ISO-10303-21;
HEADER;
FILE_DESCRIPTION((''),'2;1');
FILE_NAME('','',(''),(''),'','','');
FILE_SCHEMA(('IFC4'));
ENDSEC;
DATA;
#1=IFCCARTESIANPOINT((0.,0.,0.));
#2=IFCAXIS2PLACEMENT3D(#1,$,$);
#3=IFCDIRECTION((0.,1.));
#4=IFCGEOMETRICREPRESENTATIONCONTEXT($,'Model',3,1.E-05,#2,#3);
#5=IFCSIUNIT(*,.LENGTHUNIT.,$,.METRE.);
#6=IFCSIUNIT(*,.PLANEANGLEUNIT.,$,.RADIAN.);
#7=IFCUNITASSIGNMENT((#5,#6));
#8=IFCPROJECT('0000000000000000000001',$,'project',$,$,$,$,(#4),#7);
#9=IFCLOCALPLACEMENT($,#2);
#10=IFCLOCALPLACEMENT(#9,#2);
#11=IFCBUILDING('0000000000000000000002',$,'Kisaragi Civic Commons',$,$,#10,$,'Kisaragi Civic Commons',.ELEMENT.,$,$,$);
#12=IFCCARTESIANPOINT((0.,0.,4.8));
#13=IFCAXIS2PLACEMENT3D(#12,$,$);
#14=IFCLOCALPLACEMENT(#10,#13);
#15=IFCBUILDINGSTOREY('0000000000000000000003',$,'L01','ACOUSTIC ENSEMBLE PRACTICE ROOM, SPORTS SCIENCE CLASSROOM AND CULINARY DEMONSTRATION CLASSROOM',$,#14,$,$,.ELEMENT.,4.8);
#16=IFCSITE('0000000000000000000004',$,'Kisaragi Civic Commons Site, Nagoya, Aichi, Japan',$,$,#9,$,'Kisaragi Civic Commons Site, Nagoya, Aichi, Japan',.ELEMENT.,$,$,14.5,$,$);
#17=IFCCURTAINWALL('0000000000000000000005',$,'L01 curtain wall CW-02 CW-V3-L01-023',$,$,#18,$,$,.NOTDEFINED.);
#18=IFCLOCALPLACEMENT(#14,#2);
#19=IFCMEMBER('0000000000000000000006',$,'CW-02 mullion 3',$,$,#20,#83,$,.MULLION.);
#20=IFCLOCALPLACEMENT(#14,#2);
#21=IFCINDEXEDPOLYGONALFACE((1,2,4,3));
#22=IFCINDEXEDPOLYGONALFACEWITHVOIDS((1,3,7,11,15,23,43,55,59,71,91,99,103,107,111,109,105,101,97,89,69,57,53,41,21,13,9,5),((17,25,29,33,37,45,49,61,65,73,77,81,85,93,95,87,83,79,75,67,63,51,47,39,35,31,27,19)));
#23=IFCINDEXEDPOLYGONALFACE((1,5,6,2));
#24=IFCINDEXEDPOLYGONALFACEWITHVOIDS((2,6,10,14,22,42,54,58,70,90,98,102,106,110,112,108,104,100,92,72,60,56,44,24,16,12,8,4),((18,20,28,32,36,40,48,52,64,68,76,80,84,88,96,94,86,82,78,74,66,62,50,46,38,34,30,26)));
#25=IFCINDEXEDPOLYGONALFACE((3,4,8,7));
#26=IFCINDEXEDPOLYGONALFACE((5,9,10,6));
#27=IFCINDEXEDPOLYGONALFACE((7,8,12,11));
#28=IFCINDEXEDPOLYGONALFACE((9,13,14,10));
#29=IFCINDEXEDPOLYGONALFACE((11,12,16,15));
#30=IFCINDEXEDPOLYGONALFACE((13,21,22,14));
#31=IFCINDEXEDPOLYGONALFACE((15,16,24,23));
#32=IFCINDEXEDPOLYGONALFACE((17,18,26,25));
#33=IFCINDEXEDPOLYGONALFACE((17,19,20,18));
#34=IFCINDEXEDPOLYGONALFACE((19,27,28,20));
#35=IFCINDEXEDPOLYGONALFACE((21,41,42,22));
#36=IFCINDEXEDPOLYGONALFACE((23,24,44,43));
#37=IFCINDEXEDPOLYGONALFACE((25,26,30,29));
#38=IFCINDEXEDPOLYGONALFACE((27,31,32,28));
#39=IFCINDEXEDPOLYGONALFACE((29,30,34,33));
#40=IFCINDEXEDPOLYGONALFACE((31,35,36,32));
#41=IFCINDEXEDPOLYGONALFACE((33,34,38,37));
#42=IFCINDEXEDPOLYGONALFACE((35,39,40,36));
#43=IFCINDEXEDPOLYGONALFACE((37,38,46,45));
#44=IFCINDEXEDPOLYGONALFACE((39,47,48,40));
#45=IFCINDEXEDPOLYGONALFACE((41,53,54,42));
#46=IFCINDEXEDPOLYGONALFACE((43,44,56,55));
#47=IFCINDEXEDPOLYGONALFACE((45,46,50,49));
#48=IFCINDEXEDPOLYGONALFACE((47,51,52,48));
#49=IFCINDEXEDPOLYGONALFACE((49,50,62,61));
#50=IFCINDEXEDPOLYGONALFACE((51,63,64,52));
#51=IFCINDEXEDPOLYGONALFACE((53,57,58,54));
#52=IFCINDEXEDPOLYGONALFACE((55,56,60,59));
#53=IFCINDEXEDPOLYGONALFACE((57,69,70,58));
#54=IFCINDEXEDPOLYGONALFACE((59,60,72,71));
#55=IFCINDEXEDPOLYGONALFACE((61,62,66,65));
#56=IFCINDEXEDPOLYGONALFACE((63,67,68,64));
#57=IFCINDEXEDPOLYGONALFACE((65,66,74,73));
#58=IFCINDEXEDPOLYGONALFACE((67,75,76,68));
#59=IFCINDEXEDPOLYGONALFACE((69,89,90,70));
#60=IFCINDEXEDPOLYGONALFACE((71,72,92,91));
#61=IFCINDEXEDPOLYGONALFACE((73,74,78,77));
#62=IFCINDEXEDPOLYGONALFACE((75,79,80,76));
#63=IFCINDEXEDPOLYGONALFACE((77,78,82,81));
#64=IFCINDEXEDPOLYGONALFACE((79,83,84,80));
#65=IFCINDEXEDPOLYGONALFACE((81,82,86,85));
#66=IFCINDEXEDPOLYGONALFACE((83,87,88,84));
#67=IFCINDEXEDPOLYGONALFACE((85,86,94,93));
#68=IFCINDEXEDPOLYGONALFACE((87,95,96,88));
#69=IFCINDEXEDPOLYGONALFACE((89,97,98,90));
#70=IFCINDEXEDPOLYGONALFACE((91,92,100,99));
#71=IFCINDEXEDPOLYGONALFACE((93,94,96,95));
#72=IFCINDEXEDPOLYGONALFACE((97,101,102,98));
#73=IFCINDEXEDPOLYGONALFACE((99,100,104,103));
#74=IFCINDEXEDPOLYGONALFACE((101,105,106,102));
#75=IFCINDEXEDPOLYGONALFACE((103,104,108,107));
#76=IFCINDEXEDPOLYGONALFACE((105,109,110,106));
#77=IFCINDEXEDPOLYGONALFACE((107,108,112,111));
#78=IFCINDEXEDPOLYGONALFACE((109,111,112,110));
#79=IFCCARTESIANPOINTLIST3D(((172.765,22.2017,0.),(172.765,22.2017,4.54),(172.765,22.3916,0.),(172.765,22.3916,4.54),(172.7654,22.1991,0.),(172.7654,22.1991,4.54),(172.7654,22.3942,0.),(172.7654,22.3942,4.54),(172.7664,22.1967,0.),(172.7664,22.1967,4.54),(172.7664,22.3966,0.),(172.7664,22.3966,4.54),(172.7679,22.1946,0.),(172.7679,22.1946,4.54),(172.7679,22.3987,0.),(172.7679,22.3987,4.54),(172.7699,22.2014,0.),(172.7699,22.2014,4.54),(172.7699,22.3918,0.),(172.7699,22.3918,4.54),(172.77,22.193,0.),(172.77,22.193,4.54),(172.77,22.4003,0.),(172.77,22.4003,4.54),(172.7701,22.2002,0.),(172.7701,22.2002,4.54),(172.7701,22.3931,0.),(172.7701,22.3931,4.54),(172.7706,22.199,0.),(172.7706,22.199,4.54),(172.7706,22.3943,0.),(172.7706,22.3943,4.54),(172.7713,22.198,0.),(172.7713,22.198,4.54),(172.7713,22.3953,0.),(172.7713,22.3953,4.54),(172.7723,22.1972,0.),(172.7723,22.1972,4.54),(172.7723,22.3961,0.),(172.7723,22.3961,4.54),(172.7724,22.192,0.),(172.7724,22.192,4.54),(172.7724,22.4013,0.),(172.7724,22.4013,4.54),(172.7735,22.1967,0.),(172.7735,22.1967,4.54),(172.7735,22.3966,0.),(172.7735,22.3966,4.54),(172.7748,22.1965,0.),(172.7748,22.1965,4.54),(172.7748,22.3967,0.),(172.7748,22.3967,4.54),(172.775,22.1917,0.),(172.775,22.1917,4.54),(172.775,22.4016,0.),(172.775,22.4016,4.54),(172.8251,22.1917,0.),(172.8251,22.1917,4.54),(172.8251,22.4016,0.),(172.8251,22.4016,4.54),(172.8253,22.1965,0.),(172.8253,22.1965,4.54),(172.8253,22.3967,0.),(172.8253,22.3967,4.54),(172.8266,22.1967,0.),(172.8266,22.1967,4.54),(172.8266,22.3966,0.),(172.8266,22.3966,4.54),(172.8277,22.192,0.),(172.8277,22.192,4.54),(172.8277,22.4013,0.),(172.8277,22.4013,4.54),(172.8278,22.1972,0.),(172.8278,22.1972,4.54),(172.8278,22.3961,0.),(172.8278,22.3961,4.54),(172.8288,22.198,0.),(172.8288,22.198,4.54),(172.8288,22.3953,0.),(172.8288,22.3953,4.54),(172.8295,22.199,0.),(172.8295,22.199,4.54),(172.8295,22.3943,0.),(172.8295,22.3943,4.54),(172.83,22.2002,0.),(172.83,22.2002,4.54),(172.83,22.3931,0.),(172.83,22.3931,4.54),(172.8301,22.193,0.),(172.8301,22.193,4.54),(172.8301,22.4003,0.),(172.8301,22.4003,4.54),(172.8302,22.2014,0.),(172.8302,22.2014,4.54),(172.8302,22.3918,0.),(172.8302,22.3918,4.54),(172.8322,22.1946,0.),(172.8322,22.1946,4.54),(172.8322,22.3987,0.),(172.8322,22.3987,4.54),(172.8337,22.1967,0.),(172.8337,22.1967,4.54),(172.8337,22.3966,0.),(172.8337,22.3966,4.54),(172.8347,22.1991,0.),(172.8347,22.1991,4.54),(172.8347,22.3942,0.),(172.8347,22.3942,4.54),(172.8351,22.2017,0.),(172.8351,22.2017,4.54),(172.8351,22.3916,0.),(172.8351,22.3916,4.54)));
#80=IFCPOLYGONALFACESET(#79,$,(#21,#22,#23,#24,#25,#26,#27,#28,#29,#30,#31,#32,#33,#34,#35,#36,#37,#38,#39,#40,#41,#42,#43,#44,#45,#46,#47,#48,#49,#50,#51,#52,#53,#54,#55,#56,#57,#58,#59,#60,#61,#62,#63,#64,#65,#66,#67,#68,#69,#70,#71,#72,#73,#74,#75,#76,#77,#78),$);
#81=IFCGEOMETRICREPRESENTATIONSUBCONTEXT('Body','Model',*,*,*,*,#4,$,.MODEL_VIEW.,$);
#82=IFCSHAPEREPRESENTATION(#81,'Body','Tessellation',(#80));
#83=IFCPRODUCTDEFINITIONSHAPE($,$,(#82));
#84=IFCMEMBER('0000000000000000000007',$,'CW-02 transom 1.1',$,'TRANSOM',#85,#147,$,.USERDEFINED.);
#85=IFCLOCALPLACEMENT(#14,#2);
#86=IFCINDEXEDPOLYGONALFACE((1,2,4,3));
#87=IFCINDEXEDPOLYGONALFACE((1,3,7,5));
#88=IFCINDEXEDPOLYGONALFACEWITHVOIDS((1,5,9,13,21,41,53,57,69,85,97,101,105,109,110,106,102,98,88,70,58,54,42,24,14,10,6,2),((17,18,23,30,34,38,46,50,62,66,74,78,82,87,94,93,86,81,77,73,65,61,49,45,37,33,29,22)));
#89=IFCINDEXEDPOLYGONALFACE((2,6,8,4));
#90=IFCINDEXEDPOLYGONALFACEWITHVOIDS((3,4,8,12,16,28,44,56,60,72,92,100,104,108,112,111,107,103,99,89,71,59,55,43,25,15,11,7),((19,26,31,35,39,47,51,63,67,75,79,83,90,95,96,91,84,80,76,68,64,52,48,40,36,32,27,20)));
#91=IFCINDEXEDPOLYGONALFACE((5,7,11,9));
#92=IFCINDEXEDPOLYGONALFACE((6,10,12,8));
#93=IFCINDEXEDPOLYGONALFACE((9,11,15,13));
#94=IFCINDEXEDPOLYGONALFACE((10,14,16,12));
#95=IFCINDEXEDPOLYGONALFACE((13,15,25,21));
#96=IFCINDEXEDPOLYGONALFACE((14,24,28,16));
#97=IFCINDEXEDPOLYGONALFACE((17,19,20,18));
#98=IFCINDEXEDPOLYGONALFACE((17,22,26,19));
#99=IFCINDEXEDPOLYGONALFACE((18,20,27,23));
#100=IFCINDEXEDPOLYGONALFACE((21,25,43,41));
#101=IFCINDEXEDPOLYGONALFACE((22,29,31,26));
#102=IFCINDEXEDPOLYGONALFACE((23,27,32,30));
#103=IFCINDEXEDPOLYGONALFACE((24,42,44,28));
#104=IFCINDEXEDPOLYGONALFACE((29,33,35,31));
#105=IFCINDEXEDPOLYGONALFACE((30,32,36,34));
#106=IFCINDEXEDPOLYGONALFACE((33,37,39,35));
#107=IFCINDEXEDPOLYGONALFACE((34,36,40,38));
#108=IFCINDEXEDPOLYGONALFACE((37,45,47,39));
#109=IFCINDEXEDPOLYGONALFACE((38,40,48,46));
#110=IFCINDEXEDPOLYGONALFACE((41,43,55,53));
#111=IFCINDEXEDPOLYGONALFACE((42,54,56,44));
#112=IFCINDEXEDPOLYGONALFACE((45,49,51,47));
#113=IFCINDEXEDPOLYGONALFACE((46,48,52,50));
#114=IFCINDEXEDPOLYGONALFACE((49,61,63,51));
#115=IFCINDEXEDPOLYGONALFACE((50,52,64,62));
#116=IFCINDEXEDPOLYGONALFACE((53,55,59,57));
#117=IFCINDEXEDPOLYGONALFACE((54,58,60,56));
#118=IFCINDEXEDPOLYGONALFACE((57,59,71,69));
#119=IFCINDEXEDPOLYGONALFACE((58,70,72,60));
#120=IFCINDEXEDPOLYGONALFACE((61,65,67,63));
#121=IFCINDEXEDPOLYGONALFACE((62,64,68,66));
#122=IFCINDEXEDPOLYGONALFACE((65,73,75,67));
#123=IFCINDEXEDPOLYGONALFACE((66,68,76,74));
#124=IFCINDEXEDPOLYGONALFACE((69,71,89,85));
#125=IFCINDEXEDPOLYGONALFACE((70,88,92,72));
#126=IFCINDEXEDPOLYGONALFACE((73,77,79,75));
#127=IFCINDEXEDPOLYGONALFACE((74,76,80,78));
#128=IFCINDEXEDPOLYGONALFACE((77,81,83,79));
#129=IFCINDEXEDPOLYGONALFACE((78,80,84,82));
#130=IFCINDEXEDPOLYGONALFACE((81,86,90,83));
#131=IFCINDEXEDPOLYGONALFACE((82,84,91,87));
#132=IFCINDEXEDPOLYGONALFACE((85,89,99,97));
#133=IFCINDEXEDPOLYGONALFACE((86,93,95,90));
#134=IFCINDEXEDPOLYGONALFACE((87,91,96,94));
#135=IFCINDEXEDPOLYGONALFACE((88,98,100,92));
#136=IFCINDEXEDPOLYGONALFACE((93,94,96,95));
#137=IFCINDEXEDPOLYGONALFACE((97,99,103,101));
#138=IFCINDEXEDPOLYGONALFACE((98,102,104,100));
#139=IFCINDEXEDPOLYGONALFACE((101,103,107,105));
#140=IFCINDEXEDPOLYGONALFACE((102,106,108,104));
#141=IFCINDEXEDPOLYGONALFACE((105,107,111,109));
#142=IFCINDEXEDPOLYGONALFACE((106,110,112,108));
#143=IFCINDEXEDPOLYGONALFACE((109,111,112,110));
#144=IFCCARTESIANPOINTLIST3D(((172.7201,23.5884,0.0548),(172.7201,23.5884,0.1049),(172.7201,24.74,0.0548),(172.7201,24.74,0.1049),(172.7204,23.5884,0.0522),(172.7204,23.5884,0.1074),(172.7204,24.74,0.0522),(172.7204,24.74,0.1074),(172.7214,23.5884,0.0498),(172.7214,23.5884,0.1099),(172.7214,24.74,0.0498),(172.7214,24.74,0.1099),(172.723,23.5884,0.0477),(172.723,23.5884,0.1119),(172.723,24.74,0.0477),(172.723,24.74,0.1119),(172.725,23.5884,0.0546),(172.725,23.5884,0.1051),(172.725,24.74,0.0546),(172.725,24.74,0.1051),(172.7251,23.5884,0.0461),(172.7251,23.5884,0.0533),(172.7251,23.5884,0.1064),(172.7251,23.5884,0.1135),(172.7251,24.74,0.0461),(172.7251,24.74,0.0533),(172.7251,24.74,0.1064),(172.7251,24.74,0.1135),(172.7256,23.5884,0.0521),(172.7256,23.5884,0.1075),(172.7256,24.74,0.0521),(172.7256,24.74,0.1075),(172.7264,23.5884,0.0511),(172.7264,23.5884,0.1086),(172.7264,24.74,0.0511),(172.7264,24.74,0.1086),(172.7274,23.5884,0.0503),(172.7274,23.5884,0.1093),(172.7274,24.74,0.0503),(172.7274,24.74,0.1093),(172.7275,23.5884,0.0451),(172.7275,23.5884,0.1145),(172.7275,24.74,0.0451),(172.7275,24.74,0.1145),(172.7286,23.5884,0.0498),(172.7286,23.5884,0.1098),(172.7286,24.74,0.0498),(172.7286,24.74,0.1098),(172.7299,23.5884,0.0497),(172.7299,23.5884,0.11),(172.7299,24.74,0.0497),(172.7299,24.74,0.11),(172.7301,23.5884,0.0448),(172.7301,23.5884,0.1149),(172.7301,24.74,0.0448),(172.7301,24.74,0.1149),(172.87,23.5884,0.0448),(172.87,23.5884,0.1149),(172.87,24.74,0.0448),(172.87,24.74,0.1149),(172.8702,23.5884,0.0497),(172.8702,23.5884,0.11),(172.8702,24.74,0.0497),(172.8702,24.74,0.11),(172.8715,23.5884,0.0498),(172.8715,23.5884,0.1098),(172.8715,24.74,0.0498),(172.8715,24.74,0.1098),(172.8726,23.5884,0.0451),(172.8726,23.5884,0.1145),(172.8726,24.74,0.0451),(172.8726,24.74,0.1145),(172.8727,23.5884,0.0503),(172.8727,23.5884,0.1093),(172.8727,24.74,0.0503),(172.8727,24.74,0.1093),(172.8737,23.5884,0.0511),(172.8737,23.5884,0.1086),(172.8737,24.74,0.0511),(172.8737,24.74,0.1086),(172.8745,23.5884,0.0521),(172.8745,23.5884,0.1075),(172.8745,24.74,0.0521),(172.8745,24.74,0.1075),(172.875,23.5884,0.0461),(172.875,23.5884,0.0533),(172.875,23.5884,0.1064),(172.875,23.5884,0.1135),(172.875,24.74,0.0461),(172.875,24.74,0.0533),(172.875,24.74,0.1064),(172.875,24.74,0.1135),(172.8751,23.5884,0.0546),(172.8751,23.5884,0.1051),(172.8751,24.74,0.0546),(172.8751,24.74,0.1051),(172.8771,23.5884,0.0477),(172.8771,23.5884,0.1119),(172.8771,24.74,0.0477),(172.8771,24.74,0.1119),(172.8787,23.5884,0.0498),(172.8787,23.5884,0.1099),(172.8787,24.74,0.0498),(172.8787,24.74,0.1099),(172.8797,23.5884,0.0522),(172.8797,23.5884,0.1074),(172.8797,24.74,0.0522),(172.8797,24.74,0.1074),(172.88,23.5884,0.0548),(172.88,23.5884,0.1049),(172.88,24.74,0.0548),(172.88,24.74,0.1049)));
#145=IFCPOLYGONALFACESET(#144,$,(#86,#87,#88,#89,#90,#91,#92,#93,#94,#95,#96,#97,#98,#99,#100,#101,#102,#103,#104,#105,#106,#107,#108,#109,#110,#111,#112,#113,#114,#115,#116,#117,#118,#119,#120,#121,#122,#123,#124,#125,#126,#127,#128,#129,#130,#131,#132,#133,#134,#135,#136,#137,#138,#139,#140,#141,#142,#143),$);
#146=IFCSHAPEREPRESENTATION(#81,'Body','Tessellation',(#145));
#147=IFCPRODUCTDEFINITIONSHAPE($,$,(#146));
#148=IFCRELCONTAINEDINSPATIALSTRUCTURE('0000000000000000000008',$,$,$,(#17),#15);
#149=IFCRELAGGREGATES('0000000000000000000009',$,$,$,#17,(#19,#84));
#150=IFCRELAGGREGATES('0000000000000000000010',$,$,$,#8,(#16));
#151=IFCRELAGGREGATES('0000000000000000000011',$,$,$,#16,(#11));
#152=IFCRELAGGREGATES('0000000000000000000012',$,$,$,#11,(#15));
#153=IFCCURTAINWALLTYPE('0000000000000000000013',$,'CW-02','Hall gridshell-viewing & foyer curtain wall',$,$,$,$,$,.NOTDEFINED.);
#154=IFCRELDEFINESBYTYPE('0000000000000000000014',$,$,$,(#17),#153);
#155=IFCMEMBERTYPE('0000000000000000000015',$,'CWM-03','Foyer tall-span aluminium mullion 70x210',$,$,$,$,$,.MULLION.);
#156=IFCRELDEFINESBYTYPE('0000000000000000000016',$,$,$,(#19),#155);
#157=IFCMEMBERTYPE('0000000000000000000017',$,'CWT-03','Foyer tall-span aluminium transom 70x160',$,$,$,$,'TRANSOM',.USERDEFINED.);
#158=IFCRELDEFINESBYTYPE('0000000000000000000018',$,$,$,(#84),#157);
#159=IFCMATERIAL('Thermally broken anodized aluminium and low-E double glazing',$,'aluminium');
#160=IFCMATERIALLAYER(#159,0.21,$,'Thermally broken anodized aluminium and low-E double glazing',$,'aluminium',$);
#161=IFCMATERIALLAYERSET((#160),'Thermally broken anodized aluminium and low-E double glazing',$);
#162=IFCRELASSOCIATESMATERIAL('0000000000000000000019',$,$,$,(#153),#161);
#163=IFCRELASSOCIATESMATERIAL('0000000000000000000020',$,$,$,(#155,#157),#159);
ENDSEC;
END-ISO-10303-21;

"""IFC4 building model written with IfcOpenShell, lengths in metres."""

from ifc_helpers import new_model, si_unit, direction, frame, origin, origin_2d, place, context, subcontext, project, spatial, hollow_rectangle, extrude, material, layer, layer_set, material_profile, profile_set, type_object, element, aggregate, save


model = new_model("IFC4")

# Units and contexts
model_context = context("Model", 3, precision=1e-05, world=origin(), true_north=direction((0.0, 1.0)))
body_context = subcontext(model_context, "Body", "Model", "MODEL_VIEW")
ifc_project = project(units=[si_unit("LENGTHUNIT", "METRE"), si_unit("PLANEANGLEUNIT", "RADIAN")], contexts=[model_context])

# Site, building, storey
site_placement = place(None, origin())
site = spatial("IfcSite", under=ifc_project, at=site_placement, Name="Kisaragi Civic Commons Site, Nagoya, Aichi, Japan", LongName="Kisaragi Civic Commons Site, Nagoya, Aichi, Japan", CompositionType="ELEMENT", RefElevation=14.5)
building_placement = place(site_placement, origin())
building = spatial("IfcBuilding", under=site, at=building_placement, Name="Kisaragi Civic Commons", LongName="Kisaragi Civic Commons", CompositionType="ELEMENT")
storey_placement = place(building_placement, frame((0.0, 0.0, 4.8)))
storey = spatial("IfcBuildingStorey", under=building, at=storey_placement, Name="L01", Description="ACOUSTIC ENSEMBLE PRACTICE ROOM, SPORTS SCIENCE CLASSROOM AND CULINARY DEMONSTRATION CLASSROOM", CompositionType="ELEMENT", Elevation=4.8)

# Curtain wall, members
ifc_material_1 = material(Name="Thermally broken anodized aluminium and low-E double glazing", Category="aluminium")
ifc_layer_1 = layer(ifc_material_1, 0.21, Name="Thermally broken anodized aluminium and low-E double glazing", Category="aluminium")
ifc_layer_set_1 = layer_set([ifc_layer_1], Name="Thermally broken anodized aluminium and low-E double glazing")
curtain_wall_type = type_object("IfcCurtainWallType", Name="CW-02", Description="Hall gridshell-viewing & foyer curtain wall", PredefinedType="NOTDEFINED", material=ifc_layer_set_1)
curtain_wall_placement = place(storey_placement, origin())
curtain_wall = element("IfcCurtainWall", 1, at=curtain_wall_placement, inside=storey, type_object=curtain_wall_type, Name="L01 curtain wall CW-02 CW-V3-L01-023", PredefinedType="NOTDEFINED")
ifc_material_profile_1 = material_profile(ifc_material_1, hollow_rectangle(XDim=0.0701, YDim=0.21, WallThickness=0.0049, InnerFilletRadius=0.0049, OuterFilletRadius=0.01, at=origin_2d()), Name="CWM-70x210x5", Category="aluminium")
ifc_profile_set_1 = profile_set([ifc_material_profile_1], Name="Thermally broken anodized aluminium and low-E double glazing")
member_type_1 = type_object("IfcMemberType", Name="CWM-03", Description="Foyer tall-span aluminium mullion 70x210", PredefinedType="MULLION", material=ifc_profile_set_1)
member_1_placement = place(storey_placement, frame((172.8, 22.2966, 0.0), z_axis=(0.0, 0.0, 1.0), x_axis=(1.0, 0.0, 0.0)))
member_1 = element("IfcMember", 2, at=member_1_placement, type_object=member_type_1, Name="CW-02 mullion 3", PredefinedType="MULLION", context=body_context, shape_type="SweptSolid", body=[
    extrude(hollow_rectangle(XDim=0.0701, YDim=0.21, WallThickness=0.0049, InnerFilletRadius=0.0049, OuterFilletRadius=0.01, at=origin_2d()), origin(), (0.0, 0.0, 1.0), 4.54),
])
ifc_material_profile_2 = material_profile(ifc_material_1, hollow_rectangle(XDim=0.1599, YDim=0.0701, WallThickness=0.0049, InnerFilletRadius=0.0049, OuterFilletRadius=0.01, at=origin_2d()), Name="CWT-70x160x5", Category="aluminium")
ifc_profile_set_2 = profile_set([ifc_material_profile_2], Name="Thermally broken anodized aluminium and low-E double glazing")
member_type_2 = type_object("IfcMemberType", Name="CWT-03", Description="Foyer tall-span aluminium transom 70x160", ElementType="TRANSOM", PredefinedType="USERDEFINED", material=ifc_profile_set_2)
member_2_placement = place(storey_placement, frame((172.8, 24.74, 0.0798), z_axis=(0.0, -1.0, 0.0), x_axis=(1.0, 0.0, 0.0)))
member_2 = element("IfcMember", 3, at=member_2_placement, type_object=member_type_2, Name="CW-02 transom 1.1", ObjectType="TRANSOM", PredefinedType="USERDEFINED", context=body_context, shape_type="SweptSolid", body=[
    extrude(hollow_rectangle(XDim=0.1599, YDim=0.0701, WallThickness=0.0049, InnerFilletRadius=0.0049, OuterFilletRadius=0.01, at=origin_2d()), origin(), (0.0, 0.0, 1.0), 1.1516),
])
aggregate(curtain_wall, [member_1, member_2])

save(model, "model.ifc")
